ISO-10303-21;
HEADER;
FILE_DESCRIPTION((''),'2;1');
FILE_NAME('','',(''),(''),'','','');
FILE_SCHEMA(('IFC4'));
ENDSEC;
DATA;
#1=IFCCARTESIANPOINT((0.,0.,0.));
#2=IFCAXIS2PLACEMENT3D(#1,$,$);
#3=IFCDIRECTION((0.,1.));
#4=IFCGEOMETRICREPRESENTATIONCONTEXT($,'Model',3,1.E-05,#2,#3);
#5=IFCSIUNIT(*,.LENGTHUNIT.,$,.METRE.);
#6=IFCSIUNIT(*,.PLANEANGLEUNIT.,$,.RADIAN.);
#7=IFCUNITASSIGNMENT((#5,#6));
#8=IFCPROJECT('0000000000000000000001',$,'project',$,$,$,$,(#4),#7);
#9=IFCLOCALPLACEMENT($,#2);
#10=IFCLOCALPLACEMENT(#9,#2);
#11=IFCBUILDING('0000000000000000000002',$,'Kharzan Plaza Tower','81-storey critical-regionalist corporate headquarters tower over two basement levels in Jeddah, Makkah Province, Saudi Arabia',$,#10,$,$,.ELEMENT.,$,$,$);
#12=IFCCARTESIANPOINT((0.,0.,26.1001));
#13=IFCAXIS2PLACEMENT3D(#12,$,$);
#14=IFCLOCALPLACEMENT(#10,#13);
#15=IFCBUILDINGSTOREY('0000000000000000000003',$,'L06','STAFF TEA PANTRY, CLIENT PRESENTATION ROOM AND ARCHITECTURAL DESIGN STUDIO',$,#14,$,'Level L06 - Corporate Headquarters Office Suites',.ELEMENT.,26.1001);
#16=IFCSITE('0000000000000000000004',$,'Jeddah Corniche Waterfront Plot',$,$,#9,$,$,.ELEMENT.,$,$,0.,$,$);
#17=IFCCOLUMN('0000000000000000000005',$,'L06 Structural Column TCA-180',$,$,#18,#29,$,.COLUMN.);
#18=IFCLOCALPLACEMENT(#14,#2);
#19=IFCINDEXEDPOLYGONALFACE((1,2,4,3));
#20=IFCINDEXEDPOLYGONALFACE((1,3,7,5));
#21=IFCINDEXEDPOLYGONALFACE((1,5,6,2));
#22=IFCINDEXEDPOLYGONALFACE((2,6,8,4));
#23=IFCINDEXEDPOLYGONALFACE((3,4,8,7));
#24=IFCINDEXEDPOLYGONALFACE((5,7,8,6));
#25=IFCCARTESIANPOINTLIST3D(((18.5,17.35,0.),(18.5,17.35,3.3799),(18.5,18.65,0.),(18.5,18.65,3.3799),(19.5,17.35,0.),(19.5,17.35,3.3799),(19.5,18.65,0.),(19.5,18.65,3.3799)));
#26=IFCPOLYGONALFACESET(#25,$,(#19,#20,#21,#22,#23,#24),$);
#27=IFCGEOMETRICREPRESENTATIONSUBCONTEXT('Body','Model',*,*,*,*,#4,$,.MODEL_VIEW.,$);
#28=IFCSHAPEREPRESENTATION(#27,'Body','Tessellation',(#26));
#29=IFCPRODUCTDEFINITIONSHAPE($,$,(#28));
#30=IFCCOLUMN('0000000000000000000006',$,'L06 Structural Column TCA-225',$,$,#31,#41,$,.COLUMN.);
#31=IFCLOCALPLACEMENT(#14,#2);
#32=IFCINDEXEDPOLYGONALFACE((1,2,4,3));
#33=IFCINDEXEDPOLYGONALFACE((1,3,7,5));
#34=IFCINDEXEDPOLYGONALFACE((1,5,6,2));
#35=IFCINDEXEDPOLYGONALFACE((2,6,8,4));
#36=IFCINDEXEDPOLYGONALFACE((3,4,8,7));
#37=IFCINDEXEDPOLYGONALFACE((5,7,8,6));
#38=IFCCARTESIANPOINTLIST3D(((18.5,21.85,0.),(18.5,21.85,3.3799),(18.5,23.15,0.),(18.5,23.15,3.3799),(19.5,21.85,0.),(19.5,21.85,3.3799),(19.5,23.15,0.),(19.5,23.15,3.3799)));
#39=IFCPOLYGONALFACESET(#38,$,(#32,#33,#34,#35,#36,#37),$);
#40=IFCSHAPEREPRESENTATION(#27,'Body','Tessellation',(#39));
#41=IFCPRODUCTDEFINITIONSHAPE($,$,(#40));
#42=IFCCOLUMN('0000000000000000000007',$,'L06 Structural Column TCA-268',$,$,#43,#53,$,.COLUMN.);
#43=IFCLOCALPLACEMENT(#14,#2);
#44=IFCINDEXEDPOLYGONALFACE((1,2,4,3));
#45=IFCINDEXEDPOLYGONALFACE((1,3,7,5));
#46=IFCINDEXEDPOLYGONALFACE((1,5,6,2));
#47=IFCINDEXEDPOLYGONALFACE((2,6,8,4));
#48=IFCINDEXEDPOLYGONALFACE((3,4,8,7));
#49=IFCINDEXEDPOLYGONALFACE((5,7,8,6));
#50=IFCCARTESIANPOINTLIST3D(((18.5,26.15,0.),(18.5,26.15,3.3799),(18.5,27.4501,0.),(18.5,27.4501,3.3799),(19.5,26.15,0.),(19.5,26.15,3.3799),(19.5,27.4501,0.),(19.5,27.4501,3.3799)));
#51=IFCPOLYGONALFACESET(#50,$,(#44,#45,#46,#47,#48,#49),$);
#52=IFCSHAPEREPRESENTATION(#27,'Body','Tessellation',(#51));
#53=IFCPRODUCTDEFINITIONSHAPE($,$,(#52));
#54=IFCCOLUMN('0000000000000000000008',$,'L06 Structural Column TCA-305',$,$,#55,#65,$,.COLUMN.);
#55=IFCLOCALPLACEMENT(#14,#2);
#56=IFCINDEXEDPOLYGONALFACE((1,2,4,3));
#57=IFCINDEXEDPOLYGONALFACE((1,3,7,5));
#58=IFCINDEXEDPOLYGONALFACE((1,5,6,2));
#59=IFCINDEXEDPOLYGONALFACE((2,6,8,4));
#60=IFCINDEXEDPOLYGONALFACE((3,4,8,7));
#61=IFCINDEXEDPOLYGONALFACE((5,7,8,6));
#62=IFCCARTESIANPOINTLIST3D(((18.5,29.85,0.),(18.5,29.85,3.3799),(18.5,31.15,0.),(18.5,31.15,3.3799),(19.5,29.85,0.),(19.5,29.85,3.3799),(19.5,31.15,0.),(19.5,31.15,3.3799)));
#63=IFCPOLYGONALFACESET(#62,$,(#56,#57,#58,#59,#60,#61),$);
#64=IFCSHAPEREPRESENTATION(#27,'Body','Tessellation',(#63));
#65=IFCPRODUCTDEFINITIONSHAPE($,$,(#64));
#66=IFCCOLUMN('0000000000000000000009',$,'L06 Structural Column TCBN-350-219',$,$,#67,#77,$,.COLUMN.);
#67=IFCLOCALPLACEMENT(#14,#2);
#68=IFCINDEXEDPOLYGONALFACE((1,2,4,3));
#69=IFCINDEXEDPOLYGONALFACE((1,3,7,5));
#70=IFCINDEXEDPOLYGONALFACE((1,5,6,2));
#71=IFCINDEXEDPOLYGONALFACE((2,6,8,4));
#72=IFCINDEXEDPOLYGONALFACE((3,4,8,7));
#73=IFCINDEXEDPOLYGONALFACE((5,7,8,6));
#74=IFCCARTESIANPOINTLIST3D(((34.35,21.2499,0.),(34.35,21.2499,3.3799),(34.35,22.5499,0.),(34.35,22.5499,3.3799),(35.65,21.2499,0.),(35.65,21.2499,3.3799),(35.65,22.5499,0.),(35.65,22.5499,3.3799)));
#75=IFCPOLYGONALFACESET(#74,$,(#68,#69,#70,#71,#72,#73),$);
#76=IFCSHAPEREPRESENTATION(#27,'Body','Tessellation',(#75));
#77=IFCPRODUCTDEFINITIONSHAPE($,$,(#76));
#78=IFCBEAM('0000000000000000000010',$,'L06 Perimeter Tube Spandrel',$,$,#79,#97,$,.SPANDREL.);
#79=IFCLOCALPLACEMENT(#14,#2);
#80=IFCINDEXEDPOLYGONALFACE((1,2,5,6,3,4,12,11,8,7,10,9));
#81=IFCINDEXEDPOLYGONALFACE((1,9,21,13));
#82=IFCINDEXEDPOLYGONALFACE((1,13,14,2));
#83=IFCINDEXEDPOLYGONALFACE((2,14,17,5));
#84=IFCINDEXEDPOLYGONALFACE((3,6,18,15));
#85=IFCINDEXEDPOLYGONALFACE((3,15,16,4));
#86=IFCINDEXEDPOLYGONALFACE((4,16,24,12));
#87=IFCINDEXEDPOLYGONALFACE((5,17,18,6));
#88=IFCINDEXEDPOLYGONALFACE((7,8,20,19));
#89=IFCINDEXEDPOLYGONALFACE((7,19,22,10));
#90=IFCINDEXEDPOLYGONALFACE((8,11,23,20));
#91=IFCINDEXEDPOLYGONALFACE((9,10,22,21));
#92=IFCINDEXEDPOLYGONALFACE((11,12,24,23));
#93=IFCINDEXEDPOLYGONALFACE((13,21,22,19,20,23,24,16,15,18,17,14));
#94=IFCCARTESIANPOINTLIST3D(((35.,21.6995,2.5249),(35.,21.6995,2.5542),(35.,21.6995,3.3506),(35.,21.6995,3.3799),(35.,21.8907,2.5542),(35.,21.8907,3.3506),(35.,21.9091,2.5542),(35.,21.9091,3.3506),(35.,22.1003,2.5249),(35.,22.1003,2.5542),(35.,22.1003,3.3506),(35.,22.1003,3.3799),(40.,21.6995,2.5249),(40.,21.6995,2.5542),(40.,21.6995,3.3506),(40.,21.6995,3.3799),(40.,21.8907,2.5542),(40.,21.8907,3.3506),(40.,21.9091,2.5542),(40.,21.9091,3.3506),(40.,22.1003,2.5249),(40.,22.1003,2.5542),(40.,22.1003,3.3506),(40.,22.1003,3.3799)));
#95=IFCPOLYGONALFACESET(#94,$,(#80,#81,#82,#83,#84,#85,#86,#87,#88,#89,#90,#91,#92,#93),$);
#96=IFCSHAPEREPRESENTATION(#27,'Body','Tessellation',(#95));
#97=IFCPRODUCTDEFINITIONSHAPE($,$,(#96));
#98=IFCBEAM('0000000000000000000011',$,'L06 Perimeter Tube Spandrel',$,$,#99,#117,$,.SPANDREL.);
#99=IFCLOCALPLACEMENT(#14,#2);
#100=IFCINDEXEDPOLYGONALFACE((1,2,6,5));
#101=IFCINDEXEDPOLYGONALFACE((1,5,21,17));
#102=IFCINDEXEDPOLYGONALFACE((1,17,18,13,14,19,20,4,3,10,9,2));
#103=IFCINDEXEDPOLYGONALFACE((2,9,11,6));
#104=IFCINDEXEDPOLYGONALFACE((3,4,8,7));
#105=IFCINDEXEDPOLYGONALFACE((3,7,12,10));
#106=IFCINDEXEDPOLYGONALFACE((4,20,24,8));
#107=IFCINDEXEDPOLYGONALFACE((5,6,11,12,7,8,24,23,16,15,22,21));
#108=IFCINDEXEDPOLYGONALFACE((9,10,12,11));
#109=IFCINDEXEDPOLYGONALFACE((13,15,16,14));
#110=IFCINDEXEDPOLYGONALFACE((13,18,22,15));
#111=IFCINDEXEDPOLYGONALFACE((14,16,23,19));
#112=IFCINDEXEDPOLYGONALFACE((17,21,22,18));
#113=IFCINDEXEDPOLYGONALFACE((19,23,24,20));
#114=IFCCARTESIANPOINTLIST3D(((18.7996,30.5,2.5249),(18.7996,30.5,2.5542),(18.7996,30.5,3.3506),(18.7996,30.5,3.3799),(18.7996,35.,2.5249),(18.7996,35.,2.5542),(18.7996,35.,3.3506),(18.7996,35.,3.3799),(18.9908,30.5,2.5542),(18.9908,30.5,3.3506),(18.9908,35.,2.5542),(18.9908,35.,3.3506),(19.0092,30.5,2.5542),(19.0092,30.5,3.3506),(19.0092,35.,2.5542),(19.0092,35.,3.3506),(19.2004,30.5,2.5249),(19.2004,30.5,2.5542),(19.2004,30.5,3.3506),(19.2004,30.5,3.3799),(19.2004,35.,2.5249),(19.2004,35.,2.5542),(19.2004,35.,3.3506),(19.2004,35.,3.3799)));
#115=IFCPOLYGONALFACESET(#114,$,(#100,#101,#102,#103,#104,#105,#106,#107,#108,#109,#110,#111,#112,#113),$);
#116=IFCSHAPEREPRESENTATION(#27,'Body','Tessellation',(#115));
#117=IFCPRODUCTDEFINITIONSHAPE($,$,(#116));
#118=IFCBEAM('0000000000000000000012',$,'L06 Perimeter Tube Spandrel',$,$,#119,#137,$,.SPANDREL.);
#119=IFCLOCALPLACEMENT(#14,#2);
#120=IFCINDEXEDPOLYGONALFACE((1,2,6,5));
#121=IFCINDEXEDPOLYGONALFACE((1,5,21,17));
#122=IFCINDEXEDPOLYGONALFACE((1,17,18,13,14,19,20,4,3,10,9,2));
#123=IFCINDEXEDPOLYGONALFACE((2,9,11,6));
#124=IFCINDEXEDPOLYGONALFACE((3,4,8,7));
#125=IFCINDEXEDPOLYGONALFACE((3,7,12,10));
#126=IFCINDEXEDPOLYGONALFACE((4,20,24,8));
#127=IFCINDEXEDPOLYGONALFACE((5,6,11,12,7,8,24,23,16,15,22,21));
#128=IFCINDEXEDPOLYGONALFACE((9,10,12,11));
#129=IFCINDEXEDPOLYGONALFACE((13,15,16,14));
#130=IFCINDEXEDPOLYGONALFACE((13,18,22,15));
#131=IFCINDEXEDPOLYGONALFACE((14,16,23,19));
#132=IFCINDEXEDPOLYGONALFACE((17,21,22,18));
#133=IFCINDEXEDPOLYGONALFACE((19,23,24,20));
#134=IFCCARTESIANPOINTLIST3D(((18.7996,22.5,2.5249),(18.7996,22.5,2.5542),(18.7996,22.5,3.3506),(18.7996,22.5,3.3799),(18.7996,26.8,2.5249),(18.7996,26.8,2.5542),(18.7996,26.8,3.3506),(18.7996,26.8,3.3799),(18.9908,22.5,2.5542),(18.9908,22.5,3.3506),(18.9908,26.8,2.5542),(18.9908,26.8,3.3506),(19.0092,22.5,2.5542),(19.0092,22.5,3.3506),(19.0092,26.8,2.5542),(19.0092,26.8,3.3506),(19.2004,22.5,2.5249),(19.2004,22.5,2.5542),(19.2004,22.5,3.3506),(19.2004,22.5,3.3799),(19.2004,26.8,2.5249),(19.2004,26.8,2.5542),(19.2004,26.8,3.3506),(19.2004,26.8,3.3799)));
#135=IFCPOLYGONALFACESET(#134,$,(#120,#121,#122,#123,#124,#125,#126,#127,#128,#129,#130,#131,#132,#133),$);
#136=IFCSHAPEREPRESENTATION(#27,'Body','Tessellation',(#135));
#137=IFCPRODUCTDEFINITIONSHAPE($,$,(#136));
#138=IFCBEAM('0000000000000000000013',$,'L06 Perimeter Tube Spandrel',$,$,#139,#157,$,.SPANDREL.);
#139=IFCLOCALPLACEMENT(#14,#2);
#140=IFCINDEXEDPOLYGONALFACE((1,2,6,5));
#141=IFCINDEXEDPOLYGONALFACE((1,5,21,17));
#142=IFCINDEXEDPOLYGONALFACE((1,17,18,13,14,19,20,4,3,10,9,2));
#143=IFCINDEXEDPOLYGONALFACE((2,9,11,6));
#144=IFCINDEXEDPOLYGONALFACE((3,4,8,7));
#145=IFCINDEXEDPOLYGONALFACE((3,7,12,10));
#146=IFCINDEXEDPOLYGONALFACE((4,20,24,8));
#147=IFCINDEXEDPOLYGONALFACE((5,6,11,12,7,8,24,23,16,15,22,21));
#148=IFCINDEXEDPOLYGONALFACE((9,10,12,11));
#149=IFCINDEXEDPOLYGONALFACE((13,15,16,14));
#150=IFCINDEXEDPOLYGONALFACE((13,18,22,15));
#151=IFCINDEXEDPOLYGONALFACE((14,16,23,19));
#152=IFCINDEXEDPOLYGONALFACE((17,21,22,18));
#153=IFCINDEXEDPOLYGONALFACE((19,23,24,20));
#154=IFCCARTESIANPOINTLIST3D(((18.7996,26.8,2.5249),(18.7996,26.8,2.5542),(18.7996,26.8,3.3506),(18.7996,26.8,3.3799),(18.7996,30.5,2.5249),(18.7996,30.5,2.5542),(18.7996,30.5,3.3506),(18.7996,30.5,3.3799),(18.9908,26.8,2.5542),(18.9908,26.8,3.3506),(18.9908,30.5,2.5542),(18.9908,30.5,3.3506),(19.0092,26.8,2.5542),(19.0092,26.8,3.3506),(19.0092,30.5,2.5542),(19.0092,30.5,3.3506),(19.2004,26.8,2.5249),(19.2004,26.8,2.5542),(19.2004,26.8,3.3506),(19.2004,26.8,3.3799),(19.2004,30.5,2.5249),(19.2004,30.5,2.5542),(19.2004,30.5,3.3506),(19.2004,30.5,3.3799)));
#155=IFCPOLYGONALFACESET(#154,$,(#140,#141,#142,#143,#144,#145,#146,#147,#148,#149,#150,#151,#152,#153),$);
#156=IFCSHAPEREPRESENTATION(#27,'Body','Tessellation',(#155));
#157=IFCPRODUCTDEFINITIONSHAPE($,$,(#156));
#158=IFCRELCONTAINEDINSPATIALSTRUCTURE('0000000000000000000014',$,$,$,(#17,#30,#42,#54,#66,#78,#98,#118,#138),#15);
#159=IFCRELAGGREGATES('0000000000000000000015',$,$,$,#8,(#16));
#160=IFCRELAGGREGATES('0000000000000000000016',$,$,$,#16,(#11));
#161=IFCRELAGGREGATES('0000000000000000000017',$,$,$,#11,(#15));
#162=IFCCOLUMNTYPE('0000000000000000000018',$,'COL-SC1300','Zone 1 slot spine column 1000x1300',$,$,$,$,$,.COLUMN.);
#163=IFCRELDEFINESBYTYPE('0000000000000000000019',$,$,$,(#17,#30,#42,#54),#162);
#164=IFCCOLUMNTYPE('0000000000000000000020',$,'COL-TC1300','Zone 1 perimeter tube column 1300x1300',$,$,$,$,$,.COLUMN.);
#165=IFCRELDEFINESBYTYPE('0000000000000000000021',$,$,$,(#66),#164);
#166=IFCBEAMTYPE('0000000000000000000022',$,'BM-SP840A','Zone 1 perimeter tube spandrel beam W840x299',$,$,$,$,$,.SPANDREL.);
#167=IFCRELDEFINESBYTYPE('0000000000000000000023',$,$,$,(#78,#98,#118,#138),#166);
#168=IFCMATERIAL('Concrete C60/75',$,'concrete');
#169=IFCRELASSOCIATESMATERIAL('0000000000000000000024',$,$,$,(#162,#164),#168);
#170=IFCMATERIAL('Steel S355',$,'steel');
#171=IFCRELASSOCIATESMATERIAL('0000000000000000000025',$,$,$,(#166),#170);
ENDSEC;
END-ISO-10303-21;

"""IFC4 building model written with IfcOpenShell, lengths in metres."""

from ifc_helpers import new_model, si_unit, direction, frame, origin, origin_2d, place, context, subcontext, project, spatial, rectangle, i_section, extrude, source, transform, mapped, material, material_profile, profile_set, type_object, element, save


model = new_model("IFC4")

# Units and contexts
model_context = context("Model", 3, precision=1e-05, world=origin(), true_north=direction((0.0, 1.0)))
body_context = subcontext(model_context, "Body", "Model", "MODEL_VIEW")
ifc_project = project(units=[si_unit("LENGTHUNIT", "METRE"), si_unit("PLANEANGLEUNIT", "RADIAN")], contexts=[model_context])

# Site, building, storey
site_placement = place(None, origin())
site = spatial("IfcSite", under=ifc_project, at=site_placement, Name="Jeddah Corniche Waterfront Plot", CompositionType="ELEMENT", RefElevation=0.0)
building_placement = place(site_placement, origin())
building = spatial("IfcBuilding", under=site, at=building_placement, Name="Kharzan Plaza Tower", Description="81-storey critical-regionalist corporate headquarters tower over two basement levels in Jeddah, Makkah Province, Saudi Arabia", CompositionType="ELEMENT")
storey_placement = place(building_placement, frame((0.0, 0.0, 26.1001)))
storey = spatial("IfcBuildingStorey", under=building, at=storey_placement, Name="L06", Description="STAFF TEA PANTRY, CLIENT PRESENTATION ROOM AND ARCHITECTURAL DESIGN STUDIO", LongName="Level L06 - Corporate Headquarters Office Suites", CompositionType="ELEMENT", Elevation=26.1001)

# Columns
ifc_material_1 = material(Name="Concrete C60/75", Category="concrete")
ifc_material_profile_1 = material_profile(ifc_material_1, rectangle(XDim=1.0, YDim=1.3, at=origin_2d()), Name="RC-SC1300x1000")
ifc_profile_set_1 = profile_set([ifc_material_profile_1], Name="Concrete C60/75")
column_type_1 = type_object("IfcColumnType", Name="COL-SC1300", Description="Zone 1 slot spine column 1000x1300", PredefinedType="COLUMN", material=ifc_profile_set_1)
shared_shape_1 = source(origin(), body_context, "Body", "SweptSolid", [
    extrude(rectangle(XDim=1.0, YDim=1.3, at=origin_2d()), origin(), (0.0, 0.0, 1.0), 3.3799),
])
for number, where, z_axis, x_axis, name in (
    (1, (19.0, 18.0, 0.0), (0.0, 0.0, 1.0), (1.0, 0.0, 0.0), "L06 Structural Column TCA-180"),
    (2, (19.0, 22.5, 0.0), (0.0, 0.0, 1.0), (1.0, 0.0, 0.0), "L06 Structural Column TCA-225"),
    (3, (19.0, 26.8, 0.0), (0.0, 0.0, 1.0), (1.0, 0.0, 0.0), "L06 Structural Column TCA-268"),
    (4, (19.0, 30.5, 0.0), (0.0, 0.0, 1.0), (1.0, 0.0, 0.0), "L06 Structural Column TCA-305"),
):
    element("IfcColumn", number, at=place(storey_placement, frame(where, z_axis=z_axis, x_axis=x_axis)), inside=storey, type_object=column_type_1, Name=name, PredefinedType="COLUMN", context=body_context, shape_type="MappedRepresentation", body=[
        mapped(shared_shape_1, transform((0.0, 0.0, 0.0), x_axis=(1.0, 0.0, 0.0), y_axis=(0.0, 1.0, 0.0), z_axis=(0.0, 0.0, 1.0))),
    ])
ifc_material_profile_2 = material_profile(ifc_material_1, rectangle(XDim=1.3, YDim=1.3, at=origin_2d()), Name="RC-TC1300x1300")
ifc_profile_set_2 = profile_set([ifc_material_profile_2], Name="Concrete C60/75")
column_type_2 = type_object("IfcColumnType", Name="COL-TC1300", Description="Zone 1 perimeter tube column 1300x1300", PredefinedType="COLUMN", material=ifc_profile_set_2)
shared_shape_2 = source(origin(), body_context, "Body", "SweptSolid", [
    extrude(rectangle(XDim=1.3, YDim=1.3, at=origin_2d()), origin(), (0.0, 0.0, 1.0), 3.3799),
])
column_placement = place(storey_placement, frame((35.0, 21.8999, 0.0), z_axis=(0.0, 0.0, 1.0), x_axis=(1.0, 0.0, 0.0)))
element("IfcColumn", 5, at=column_placement, inside=storey, type_object=column_type_2, Name="L06 Structural Column TCBN-350-219", PredefinedType="COLUMN", context=body_context, shape_type="MappedRepresentation", body=[
    mapped(shared_shape_2, transform((0.0, 0.0, 0.0), x_axis=(1.0, 0.0, 0.0), y_axis=(0.0, 1.0, 0.0), z_axis=(0.0, 0.0, 1.0))),
])

# Beams
ifc_material_2 = material(Name="Steel S355", Category="steel")
ifc_material_profile_3 = material_profile(ifc_material_2, i_section(OverallWidth=0.4009, OverallDepth=0.855, WebThickness=0.0183, FlangeThickness=0.0293, at=origin_2d()), Name="W840x299")
ifc_profile_set_3 = profile_set([ifc_material_profile_3], Name="Steel S355")
beam_type = type_object("IfcBeamType", Name="BM-SP840A", Description="Zone 1 perimeter tube spandrel beam W840x299", PredefinedType="SPANDREL", material=ifc_profile_set_3)
shared_shape_3 = source(origin(), body_context, "Body", "SweptSolid", [
    extrude(i_section(OverallWidth=0.4009, OverallDepth=0.855, WebThickness=0.0183, FlangeThickness=0.0293, at=origin_2d()), origin(), (0.0, 0.0, 1.0), 5.0),
])
beam_1_placement = place(storey_placement, frame((35.0, 21.8999, 2.9524), z_axis=(1.0, 0.0, 0.0), x_axis=(0.0, 1.0, 0.0)))
element("IfcBeam", 6, at=beam_1_placement, inside=storey, type_object=beam_type, Name="L06 Perimeter Tube Spandrel", PredefinedType="SPANDREL", context=body_context, shape_type="MappedRepresentation", body=[
    mapped(shared_shape_3, transform((0.0, 0.0, 0.0), x_axis=(1.0, 0.0, 0.0), y_axis=(0.0, 1.0, 0.0), z_axis=(0.0, 0.0, 1.0))),
])
shared_shape_4 = source(origin(), body_context, "Body", "SweptSolid", [
    extrude(i_section(OverallWidth=0.4009, OverallDepth=0.855, WebThickness=0.0183, FlangeThickness=0.0293, at=origin_2d()), origin(), (0.0, 0.0, 1.0), 4.5),
])
beam_2_placement = place(storey_placement, frame((19.0, 30.5, 2.9524), z_axis=(0.0, 1.0, 0.0), x_axis=(-1.0, 0.0, 0.0)))
element("IfcBeam", 7, at=beam_2_placement, inside=storey, type_object=beam_type, Name="L06 Perimeter Tube Spandrel", PredefinedType="SPANDREL", context=body_context, shape_type="MappedRepresentation", body=[
    mapped(shared_shape_4, transform((0.0, 0.0, 0.0), x_axis=(1.0, 0.0, 0.0), y_axis=(0.0, 1.0, 0.0), z_axis=(0.0, 0.0, 1.0))),
])
shared_shape_5 = source(origin(), body_context, "Body", "SweptSolid", [
    extrude(i_section(OverallWidth=0.4009, OverallDepth=0.855, WebThickness=0.0183, FlangeThickness=0.0293, at=origin_2d()), origin(), (0.0, 0.0, 1.0), 4.3),
])
beam_3_placement = place(storey_placement, frame((19.0, 22.5, 2.9524), z_axis=(0.0, 1.0, 0.0), x_axis=(-1.0, 0.0, 0.0)))
element("IfcBeam", 8, at=beam_3_placement, inside=storey, type_object=beam_type, Name="L06 Perimeter Tube Spandrel", PredefinedType="SPANDREL", context=body_context, shape_type="MappedRepresentation", body=[
    mapped(shared_shape_5, transform((0.0, 0.0, 0.0), x_axis=(1.0, 0.0, 0.0), y_axis=(0.0, 1.0, 0.0), z_axis=(0.0, 0.0, 1.0))),
])
shared_shape_6 = source(origin(), body_context, "Body", "SweptSolid", [
    extrude(i_section(OverallWidth=0.4009, OverallDepth=0.855, WebThickness=0.0183, FlangeThickness=0.0293, at=origin_2d()), origin(), (0.0, 0.0, 1.0), 3.7),
])
beam_4_placement = place(storey_placement, frame((19.0, 26.8, 2.9524), z_axis=(0.0, 1.0, 0.0), x_axis=(-1.0, 0.0, 0.0)))
element("IfcBeam", 9, at=beam_4_placement, inside=storey, type_object=beam_type, Name="L06 Perimeter Tube Spandrel", PredefinedType="SPANDREL", context=body_context, shape_type="MappedRepresentation", body=[
    mapped(shared_shape_6, transform((0.0, 0.0, 0.0), x_axis=(1.0, 0.0, 0.0), y_axis=(0.0, 1.0, 0.0), z_axis=(0.0, 0.0, 1.0))),
])

save(model, "model.ifc")
